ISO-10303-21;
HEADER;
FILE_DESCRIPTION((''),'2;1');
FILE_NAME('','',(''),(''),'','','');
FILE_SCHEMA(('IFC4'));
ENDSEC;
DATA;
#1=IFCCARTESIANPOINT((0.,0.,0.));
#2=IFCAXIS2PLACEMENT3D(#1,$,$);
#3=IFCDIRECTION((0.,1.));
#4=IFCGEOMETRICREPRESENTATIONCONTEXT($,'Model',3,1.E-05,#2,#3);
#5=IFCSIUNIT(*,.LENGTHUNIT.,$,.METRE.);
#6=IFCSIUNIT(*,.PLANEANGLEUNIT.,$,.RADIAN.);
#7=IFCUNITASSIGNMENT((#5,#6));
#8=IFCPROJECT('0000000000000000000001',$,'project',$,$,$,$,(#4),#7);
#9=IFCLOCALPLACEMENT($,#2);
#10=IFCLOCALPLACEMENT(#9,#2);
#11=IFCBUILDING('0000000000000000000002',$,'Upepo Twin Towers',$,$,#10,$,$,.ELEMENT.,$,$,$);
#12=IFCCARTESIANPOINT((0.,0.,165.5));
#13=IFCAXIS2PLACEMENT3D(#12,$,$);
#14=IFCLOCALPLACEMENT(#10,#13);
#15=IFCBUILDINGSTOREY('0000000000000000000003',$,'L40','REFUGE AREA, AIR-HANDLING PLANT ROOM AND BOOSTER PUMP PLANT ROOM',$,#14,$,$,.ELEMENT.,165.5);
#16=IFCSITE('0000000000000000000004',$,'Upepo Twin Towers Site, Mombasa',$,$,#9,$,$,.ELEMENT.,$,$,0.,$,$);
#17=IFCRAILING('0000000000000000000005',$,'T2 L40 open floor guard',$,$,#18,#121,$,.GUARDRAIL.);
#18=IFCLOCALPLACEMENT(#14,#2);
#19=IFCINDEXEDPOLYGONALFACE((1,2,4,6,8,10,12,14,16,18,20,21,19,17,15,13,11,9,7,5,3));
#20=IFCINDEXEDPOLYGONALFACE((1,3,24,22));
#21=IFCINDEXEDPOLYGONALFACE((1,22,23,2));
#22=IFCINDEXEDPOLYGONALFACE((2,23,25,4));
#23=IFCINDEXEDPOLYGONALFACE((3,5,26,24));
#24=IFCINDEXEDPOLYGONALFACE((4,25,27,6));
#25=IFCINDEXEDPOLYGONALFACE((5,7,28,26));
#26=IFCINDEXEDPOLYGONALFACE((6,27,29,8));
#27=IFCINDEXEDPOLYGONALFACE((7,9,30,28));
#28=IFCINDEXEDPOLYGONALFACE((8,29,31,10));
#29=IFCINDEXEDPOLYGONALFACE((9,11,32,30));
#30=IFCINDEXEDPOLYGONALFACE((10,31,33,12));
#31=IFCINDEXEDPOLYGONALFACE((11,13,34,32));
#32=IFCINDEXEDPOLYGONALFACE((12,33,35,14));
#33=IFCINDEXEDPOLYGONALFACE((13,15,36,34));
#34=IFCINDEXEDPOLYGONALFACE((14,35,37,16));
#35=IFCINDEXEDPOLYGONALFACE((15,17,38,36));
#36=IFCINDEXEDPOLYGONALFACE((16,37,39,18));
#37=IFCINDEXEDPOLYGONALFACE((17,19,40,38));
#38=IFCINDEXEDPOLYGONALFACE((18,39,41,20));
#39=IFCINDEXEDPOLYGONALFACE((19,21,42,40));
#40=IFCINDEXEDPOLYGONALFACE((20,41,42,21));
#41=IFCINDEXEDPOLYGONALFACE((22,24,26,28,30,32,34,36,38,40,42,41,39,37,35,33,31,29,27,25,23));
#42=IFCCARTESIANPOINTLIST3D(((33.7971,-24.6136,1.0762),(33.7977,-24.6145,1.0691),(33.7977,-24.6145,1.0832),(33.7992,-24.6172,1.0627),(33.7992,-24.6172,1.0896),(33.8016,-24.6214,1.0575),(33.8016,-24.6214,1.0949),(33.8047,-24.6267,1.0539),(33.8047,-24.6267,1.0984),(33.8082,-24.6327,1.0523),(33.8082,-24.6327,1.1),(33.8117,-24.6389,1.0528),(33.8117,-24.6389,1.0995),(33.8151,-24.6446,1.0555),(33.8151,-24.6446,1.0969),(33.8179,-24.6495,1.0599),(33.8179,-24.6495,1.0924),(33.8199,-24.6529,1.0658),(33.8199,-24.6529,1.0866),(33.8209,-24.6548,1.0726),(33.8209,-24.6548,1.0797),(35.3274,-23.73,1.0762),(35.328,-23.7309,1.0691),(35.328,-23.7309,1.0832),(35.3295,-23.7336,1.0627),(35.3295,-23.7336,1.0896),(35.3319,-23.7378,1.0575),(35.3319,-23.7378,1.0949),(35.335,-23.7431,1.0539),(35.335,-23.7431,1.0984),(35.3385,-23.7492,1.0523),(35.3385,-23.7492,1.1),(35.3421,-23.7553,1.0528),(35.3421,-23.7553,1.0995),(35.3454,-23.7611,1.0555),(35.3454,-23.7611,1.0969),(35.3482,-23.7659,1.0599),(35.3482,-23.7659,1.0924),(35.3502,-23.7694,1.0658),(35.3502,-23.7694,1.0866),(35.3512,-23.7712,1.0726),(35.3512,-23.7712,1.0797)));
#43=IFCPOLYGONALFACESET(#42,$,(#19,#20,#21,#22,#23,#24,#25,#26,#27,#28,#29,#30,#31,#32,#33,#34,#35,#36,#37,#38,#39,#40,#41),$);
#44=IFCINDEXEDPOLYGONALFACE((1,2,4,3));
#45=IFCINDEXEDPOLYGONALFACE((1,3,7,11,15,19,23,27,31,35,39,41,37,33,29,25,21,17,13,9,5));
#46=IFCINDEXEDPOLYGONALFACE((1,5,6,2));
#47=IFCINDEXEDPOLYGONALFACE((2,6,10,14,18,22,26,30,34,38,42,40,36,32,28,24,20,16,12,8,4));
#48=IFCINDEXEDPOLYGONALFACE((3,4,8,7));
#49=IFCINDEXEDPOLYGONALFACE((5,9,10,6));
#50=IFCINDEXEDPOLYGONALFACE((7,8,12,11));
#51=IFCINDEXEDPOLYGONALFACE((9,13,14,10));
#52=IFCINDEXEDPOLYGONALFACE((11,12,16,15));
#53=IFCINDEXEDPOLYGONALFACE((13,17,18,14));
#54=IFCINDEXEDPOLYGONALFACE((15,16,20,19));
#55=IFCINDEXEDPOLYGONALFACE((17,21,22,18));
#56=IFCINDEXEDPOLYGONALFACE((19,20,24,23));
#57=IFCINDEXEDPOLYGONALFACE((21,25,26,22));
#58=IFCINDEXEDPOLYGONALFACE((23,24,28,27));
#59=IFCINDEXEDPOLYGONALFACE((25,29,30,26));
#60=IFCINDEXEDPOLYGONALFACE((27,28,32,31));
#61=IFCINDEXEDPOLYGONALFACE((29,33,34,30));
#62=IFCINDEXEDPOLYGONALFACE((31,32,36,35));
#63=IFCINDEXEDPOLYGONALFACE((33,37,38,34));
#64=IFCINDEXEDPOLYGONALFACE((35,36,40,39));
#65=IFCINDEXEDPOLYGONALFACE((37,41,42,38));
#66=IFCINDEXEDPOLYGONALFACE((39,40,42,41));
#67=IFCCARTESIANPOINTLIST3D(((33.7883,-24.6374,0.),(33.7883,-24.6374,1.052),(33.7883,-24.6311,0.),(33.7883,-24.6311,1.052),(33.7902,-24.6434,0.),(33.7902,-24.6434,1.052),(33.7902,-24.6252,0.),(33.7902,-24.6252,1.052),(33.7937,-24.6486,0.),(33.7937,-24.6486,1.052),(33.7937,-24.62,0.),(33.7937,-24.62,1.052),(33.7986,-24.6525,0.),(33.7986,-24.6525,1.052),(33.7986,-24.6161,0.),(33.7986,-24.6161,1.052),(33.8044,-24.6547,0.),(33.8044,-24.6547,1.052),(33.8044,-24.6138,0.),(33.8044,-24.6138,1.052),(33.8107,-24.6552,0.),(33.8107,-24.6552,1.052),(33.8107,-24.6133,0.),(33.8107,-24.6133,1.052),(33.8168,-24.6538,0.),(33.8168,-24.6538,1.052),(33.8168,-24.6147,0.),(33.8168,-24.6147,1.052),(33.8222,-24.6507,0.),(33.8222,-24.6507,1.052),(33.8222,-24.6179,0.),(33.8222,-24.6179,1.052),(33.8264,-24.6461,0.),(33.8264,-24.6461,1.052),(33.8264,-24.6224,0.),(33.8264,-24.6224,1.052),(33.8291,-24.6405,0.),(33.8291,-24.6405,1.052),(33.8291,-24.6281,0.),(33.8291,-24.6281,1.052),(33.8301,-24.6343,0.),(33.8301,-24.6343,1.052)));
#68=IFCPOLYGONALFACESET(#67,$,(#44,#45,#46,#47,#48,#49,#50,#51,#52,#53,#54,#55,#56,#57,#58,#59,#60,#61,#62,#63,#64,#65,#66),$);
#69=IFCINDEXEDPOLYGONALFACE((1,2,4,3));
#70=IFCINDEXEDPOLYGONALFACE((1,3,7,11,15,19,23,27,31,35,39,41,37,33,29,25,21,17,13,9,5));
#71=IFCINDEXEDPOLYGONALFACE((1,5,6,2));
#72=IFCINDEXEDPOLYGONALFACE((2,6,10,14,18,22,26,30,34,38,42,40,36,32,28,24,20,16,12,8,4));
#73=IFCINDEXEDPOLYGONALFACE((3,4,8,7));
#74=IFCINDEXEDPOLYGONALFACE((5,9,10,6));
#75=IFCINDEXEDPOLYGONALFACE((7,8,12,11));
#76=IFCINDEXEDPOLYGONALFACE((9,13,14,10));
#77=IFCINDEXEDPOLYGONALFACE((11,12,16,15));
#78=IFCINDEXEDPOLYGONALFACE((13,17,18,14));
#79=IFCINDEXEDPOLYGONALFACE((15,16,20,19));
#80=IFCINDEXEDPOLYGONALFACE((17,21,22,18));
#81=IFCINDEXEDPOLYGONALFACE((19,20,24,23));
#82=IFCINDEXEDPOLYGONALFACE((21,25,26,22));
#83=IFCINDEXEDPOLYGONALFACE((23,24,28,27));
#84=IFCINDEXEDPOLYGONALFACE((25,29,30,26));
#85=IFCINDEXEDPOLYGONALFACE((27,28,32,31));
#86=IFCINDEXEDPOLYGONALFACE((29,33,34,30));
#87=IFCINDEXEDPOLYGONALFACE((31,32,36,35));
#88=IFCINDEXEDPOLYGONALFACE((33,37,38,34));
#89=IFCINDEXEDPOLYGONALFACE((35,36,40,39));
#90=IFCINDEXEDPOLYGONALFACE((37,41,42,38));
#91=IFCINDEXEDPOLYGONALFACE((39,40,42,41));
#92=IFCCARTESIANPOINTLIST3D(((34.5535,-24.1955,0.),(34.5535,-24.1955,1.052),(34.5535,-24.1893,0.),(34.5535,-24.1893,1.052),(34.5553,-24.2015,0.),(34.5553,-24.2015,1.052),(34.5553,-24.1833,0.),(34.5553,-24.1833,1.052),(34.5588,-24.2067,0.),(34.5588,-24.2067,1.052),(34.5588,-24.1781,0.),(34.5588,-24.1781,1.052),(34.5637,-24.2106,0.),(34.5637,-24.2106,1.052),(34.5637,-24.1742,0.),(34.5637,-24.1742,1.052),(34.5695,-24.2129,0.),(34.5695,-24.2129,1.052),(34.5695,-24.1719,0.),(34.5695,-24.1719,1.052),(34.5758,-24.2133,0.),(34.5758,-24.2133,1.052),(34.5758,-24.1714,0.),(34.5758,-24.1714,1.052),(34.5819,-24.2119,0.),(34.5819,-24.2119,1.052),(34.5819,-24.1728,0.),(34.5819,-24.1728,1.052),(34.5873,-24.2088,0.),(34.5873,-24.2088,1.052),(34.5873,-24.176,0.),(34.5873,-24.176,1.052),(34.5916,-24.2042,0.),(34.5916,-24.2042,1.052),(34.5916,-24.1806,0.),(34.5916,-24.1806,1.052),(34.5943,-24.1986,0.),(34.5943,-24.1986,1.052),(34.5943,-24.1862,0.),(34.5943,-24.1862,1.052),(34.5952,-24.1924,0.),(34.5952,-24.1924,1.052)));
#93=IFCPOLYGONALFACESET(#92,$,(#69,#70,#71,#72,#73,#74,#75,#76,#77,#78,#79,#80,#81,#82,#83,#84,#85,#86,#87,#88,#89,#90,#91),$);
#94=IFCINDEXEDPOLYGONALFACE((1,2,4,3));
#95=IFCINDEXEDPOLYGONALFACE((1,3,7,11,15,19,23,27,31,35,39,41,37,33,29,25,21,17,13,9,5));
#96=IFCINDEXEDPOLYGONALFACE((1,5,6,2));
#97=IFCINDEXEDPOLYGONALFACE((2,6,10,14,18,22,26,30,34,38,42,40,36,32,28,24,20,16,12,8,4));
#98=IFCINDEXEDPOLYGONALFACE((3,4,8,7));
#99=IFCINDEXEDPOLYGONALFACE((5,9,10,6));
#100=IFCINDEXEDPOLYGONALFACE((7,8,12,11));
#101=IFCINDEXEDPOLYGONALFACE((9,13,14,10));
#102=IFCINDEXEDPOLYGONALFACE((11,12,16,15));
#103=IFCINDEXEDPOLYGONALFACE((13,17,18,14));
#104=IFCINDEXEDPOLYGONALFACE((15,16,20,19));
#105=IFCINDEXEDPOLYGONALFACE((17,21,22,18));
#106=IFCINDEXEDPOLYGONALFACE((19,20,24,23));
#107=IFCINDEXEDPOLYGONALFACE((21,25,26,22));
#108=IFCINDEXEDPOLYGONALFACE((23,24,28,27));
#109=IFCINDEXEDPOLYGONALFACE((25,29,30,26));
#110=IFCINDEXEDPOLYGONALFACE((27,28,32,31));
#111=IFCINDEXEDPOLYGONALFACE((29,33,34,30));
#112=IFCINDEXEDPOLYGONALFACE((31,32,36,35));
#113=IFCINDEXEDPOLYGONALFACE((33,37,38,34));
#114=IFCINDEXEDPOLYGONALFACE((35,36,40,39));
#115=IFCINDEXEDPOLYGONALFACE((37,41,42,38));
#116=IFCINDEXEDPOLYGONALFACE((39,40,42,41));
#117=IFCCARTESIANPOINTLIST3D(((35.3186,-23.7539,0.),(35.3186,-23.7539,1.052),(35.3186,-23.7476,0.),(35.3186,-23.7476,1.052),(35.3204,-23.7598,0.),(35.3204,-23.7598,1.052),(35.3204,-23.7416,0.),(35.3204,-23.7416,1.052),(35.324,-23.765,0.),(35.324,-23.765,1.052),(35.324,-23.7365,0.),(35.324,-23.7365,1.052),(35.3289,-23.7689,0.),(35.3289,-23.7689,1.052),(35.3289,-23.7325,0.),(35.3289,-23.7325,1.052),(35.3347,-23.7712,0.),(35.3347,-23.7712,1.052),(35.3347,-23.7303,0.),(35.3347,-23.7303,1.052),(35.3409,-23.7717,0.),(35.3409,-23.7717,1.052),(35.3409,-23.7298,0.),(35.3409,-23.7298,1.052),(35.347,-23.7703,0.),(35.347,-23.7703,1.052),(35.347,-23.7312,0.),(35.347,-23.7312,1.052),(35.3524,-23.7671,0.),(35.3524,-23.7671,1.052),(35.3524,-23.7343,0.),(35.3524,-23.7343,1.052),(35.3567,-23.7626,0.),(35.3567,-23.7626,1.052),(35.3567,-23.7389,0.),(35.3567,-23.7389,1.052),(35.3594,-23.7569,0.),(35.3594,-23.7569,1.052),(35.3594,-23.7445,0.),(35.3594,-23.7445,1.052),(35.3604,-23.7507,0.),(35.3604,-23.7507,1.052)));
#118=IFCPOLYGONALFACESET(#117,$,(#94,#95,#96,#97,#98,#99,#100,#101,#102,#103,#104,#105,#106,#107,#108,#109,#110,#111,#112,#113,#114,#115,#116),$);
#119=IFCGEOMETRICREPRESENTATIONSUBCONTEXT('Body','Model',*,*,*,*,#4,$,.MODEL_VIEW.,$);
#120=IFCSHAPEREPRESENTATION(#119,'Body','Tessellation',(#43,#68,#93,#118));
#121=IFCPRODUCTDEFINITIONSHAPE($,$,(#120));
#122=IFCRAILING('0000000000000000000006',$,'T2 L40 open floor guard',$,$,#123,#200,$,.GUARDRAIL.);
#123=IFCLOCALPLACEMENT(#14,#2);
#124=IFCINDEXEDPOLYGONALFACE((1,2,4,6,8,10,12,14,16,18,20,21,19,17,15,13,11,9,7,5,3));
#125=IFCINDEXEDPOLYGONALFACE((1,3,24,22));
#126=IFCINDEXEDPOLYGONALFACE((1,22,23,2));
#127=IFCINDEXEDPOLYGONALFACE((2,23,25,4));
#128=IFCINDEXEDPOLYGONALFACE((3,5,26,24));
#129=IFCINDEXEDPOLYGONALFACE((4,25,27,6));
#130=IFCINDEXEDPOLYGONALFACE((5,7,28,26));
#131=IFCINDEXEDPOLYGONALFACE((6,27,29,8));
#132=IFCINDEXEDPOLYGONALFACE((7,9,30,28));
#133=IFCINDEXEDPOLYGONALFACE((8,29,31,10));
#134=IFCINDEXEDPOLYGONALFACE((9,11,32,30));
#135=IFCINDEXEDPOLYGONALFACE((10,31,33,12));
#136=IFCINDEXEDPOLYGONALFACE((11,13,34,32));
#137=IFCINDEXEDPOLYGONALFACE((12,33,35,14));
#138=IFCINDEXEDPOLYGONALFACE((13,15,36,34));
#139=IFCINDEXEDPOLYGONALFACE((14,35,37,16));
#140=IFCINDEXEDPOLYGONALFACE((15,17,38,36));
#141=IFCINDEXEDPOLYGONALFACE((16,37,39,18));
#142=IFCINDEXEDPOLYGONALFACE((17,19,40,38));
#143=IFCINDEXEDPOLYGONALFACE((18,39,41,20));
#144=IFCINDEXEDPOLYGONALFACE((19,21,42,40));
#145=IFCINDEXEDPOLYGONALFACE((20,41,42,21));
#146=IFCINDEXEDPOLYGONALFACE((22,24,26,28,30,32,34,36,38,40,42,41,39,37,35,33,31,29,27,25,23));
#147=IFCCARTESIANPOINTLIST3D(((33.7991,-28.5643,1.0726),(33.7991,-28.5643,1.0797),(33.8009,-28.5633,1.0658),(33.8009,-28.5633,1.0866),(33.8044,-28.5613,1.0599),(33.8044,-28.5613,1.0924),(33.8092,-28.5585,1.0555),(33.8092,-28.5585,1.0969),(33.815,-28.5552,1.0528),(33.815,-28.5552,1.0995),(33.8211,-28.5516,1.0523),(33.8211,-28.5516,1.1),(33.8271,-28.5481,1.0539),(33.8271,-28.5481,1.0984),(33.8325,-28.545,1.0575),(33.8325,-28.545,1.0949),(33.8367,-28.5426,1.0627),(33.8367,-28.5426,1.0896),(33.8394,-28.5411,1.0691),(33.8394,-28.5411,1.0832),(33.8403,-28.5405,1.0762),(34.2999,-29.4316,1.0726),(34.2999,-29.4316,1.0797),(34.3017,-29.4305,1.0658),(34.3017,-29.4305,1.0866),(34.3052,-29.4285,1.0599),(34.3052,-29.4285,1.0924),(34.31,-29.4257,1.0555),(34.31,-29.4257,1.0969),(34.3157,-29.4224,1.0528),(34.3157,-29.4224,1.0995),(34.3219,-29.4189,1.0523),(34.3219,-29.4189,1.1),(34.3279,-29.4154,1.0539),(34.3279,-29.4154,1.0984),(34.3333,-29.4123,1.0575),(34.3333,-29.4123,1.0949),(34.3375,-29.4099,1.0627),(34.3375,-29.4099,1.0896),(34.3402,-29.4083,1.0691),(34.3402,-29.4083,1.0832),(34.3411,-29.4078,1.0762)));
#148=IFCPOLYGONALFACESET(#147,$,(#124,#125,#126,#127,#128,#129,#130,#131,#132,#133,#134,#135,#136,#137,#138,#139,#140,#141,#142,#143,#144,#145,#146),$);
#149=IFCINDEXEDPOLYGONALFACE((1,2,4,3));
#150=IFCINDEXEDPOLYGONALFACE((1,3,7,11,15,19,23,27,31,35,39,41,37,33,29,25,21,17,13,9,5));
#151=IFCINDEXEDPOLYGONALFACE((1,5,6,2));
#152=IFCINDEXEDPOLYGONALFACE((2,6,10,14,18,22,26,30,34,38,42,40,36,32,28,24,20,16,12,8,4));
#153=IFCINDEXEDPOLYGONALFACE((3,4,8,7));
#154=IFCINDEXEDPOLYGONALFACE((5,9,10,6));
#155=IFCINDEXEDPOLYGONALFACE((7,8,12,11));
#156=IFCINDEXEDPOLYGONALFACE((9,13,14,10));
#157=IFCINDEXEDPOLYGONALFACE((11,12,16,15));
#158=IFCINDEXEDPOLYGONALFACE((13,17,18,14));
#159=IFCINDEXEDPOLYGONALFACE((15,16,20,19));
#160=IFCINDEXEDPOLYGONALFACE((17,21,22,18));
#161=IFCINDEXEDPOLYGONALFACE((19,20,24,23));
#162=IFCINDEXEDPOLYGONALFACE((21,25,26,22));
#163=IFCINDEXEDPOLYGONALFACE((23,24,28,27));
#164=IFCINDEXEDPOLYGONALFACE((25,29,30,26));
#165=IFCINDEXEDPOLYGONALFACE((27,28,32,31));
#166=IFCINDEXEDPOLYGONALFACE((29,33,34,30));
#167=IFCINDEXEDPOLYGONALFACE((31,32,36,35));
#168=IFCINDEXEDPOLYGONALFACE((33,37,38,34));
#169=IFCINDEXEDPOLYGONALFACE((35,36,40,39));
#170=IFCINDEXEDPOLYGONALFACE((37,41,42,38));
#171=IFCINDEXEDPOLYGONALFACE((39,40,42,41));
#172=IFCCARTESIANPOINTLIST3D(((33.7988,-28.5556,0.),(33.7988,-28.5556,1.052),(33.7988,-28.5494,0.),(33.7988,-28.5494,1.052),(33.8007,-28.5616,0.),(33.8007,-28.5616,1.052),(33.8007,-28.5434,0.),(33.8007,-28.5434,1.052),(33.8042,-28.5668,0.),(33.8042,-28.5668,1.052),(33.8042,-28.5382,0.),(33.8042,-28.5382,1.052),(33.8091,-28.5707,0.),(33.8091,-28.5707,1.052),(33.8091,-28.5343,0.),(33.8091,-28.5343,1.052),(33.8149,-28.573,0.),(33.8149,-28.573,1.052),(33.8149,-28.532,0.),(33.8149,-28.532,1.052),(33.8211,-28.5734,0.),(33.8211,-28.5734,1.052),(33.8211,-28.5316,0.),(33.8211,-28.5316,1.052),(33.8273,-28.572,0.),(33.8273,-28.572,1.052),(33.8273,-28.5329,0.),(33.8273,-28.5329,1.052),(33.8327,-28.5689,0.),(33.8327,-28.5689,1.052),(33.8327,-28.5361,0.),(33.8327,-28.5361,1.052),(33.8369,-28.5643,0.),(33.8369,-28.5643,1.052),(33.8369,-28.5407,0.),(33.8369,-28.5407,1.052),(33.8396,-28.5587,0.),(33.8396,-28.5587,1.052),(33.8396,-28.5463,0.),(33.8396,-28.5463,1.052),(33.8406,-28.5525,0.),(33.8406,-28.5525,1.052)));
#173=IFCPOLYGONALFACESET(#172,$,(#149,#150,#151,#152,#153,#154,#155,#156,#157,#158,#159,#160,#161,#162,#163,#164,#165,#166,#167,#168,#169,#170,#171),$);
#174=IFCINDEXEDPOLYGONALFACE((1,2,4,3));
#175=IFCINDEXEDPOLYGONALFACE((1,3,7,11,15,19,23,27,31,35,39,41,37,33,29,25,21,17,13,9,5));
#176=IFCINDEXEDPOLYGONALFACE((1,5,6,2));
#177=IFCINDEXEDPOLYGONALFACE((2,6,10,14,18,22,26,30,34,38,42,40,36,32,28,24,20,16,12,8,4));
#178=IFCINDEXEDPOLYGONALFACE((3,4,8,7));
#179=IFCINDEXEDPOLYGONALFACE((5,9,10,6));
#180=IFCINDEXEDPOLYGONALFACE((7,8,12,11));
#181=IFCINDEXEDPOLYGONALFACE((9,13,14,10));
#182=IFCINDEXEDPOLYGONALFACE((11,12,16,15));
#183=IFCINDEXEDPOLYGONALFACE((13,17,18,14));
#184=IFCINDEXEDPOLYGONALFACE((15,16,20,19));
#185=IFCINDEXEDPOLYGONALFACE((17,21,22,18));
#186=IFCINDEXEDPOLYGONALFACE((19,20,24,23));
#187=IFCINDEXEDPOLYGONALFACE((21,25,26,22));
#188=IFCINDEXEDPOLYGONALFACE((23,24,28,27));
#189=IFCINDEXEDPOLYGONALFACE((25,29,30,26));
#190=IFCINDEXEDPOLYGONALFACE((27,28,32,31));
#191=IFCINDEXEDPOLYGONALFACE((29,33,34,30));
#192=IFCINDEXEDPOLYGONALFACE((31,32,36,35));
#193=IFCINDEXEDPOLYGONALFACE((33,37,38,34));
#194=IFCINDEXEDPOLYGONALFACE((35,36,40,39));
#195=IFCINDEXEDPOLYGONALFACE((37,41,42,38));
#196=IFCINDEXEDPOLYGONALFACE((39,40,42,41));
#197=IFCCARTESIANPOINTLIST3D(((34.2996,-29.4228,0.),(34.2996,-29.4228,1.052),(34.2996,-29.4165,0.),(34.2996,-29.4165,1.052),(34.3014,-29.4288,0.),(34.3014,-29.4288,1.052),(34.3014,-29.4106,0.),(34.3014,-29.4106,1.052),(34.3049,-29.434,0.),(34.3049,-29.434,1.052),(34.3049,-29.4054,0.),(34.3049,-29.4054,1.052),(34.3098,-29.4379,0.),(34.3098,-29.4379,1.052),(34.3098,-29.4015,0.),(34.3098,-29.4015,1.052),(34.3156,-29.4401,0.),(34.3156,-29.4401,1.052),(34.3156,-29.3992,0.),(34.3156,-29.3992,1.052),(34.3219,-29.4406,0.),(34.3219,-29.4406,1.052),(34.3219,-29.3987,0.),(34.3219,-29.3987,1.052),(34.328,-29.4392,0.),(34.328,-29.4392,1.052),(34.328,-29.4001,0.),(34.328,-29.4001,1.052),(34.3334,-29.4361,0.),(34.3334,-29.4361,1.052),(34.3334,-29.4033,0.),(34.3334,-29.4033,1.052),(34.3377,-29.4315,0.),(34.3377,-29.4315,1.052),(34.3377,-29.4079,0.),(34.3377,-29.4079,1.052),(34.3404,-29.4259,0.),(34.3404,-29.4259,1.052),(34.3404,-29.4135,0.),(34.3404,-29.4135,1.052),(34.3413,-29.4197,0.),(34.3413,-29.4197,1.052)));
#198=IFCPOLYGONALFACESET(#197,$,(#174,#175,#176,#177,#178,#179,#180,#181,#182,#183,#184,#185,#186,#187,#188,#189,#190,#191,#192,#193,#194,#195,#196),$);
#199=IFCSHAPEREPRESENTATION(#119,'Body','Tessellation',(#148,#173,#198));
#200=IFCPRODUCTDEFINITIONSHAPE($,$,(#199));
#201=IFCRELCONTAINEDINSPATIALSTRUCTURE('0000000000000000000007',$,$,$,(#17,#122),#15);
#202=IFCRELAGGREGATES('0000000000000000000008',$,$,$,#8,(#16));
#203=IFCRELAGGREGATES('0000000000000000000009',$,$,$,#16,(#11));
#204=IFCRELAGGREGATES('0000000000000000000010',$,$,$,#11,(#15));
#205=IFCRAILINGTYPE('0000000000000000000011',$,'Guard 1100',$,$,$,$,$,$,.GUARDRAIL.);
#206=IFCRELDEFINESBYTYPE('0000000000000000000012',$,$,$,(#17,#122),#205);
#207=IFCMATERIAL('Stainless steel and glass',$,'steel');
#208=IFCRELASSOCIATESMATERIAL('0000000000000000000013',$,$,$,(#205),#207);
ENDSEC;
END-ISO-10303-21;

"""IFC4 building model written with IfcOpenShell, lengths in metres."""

from ifc_helpers import new_model, si_unit, direction, frame, origin, origin_2d, place, context, subcontext, project, spatial, circle, extrude, material, type_object, element, save


model = new_model("IFC4")

# Units and contexts
model_context = context("Model", 3, precision=1e-05, world=origin(), true_north=direction((0.0, 1.0)))
body_context = subcontext(model_context, "Body", "Model", "MODEL_VIEW")
ifc_project = project(units=[si_unit("LENGTHUNIT", "METRE"), si_unit("PLANEANGLEUNIT", "RADIAN")], contexts=[model_context])

# Site, building, storey
site_placement = place(None, origin())
site = spatial("IfcSite", under=ifc_project, at=site_placement, Name="Upepo Twin Towers Site, Mombasa", CompositionType="ELEMENT", RefElevation=0.0)
building_placement = place(site_placement, origin())
building = spatial("IfcBuilding", under=site, at=building_placement, Name="Upepo Twin Towers", CompositionType="ELEMENT")
storey_placement = place(building_placement, frame((0.0, 0.0, 165.5)))
storey = spatial("IfcBuildingStorey", under=building, at=storey_placement, Name="L40", Description="REFUGE AREA, AIR-HANDLING PLANT ROOM AND BOOSTER PUMP PLANT ROOM", CompositionType="ELEMENT", Elevation=165.5)

# Railings
ifc_material_1 = material(Name="Stainless steel and glass", Category="steel")
railing_type = type_object("IfcRailingType", Name="Guard 1100", PredefinedType="GUARDRAIL", material=ifc_material_1)
railing_1_placement = place(storey_placement, frame((33.8091, -24.6343, 0.0)))
element("IfcRailing", 1, at=railing_1_placement, inside=storey, type_object=railing_type, Name="T2 L40 open floor guard", PredefinedType="GUARDRAIL", context=body_context, shape_type="SweptSolid", body=[
    extrude(circle(Radius=0.0239, at=origin_2d()), frame((0.0, 0.0, 1.0762), z_axis=(0.866015, 0.500017, 0.0), x_axis=(-0.500017, 0.866015, 0.0)), (0.0, 0.0, 1.0), 1.7671),
    extrude(circle(Radius=0.021, at=origin_2d()), origin(), (0.0, 0.0, 1.0), 1.052),
    extrude(circle(Radius=0.021, at=origin_2d()), frame((0.7651, 0.4419, 0.0)), (0.0, 0.0, 1.0), 1.052),
    extrude(circle(Radius=0.021, at=origin_2d()), frame((1.5303, 0.8835, 0.0)), (0.0, 0.0, 1.0), 1.052),
])
railing_2_placement = place(storey_placement, frame((33.8196, -28.5525, 0.0)))
element("IfcRailing", 2, at=railing_2_placement, inside=storey, type_object=railing_type, Name="T2 L40 open floor guard", PredefinedType="GUARDRAIL", context=body_context, shape_type="SweptSolid", body=[
    extrude(circle(Radius=0.0239, at=origin_2d()), frame((0.0, 0.0, 1.0762), z_axis=(0.500046, -0.865999, 0.0), x_axis=(0.865999, 0.500046, 0.0)), (0.0, 0.0, 1.0), 1.0015),
    extrude(circle(Radius=0.021, at=origin_2d()), origin(), (0.0, 0.0, 1.0), 1.052),
    extrude(circle(Radius=0.021, at=origin_2d()), frame((0.5007, -0.8672, 0.0)), (0.0, 0.0, 1.0), 1.052),
])

save(model, "model.ifc")
